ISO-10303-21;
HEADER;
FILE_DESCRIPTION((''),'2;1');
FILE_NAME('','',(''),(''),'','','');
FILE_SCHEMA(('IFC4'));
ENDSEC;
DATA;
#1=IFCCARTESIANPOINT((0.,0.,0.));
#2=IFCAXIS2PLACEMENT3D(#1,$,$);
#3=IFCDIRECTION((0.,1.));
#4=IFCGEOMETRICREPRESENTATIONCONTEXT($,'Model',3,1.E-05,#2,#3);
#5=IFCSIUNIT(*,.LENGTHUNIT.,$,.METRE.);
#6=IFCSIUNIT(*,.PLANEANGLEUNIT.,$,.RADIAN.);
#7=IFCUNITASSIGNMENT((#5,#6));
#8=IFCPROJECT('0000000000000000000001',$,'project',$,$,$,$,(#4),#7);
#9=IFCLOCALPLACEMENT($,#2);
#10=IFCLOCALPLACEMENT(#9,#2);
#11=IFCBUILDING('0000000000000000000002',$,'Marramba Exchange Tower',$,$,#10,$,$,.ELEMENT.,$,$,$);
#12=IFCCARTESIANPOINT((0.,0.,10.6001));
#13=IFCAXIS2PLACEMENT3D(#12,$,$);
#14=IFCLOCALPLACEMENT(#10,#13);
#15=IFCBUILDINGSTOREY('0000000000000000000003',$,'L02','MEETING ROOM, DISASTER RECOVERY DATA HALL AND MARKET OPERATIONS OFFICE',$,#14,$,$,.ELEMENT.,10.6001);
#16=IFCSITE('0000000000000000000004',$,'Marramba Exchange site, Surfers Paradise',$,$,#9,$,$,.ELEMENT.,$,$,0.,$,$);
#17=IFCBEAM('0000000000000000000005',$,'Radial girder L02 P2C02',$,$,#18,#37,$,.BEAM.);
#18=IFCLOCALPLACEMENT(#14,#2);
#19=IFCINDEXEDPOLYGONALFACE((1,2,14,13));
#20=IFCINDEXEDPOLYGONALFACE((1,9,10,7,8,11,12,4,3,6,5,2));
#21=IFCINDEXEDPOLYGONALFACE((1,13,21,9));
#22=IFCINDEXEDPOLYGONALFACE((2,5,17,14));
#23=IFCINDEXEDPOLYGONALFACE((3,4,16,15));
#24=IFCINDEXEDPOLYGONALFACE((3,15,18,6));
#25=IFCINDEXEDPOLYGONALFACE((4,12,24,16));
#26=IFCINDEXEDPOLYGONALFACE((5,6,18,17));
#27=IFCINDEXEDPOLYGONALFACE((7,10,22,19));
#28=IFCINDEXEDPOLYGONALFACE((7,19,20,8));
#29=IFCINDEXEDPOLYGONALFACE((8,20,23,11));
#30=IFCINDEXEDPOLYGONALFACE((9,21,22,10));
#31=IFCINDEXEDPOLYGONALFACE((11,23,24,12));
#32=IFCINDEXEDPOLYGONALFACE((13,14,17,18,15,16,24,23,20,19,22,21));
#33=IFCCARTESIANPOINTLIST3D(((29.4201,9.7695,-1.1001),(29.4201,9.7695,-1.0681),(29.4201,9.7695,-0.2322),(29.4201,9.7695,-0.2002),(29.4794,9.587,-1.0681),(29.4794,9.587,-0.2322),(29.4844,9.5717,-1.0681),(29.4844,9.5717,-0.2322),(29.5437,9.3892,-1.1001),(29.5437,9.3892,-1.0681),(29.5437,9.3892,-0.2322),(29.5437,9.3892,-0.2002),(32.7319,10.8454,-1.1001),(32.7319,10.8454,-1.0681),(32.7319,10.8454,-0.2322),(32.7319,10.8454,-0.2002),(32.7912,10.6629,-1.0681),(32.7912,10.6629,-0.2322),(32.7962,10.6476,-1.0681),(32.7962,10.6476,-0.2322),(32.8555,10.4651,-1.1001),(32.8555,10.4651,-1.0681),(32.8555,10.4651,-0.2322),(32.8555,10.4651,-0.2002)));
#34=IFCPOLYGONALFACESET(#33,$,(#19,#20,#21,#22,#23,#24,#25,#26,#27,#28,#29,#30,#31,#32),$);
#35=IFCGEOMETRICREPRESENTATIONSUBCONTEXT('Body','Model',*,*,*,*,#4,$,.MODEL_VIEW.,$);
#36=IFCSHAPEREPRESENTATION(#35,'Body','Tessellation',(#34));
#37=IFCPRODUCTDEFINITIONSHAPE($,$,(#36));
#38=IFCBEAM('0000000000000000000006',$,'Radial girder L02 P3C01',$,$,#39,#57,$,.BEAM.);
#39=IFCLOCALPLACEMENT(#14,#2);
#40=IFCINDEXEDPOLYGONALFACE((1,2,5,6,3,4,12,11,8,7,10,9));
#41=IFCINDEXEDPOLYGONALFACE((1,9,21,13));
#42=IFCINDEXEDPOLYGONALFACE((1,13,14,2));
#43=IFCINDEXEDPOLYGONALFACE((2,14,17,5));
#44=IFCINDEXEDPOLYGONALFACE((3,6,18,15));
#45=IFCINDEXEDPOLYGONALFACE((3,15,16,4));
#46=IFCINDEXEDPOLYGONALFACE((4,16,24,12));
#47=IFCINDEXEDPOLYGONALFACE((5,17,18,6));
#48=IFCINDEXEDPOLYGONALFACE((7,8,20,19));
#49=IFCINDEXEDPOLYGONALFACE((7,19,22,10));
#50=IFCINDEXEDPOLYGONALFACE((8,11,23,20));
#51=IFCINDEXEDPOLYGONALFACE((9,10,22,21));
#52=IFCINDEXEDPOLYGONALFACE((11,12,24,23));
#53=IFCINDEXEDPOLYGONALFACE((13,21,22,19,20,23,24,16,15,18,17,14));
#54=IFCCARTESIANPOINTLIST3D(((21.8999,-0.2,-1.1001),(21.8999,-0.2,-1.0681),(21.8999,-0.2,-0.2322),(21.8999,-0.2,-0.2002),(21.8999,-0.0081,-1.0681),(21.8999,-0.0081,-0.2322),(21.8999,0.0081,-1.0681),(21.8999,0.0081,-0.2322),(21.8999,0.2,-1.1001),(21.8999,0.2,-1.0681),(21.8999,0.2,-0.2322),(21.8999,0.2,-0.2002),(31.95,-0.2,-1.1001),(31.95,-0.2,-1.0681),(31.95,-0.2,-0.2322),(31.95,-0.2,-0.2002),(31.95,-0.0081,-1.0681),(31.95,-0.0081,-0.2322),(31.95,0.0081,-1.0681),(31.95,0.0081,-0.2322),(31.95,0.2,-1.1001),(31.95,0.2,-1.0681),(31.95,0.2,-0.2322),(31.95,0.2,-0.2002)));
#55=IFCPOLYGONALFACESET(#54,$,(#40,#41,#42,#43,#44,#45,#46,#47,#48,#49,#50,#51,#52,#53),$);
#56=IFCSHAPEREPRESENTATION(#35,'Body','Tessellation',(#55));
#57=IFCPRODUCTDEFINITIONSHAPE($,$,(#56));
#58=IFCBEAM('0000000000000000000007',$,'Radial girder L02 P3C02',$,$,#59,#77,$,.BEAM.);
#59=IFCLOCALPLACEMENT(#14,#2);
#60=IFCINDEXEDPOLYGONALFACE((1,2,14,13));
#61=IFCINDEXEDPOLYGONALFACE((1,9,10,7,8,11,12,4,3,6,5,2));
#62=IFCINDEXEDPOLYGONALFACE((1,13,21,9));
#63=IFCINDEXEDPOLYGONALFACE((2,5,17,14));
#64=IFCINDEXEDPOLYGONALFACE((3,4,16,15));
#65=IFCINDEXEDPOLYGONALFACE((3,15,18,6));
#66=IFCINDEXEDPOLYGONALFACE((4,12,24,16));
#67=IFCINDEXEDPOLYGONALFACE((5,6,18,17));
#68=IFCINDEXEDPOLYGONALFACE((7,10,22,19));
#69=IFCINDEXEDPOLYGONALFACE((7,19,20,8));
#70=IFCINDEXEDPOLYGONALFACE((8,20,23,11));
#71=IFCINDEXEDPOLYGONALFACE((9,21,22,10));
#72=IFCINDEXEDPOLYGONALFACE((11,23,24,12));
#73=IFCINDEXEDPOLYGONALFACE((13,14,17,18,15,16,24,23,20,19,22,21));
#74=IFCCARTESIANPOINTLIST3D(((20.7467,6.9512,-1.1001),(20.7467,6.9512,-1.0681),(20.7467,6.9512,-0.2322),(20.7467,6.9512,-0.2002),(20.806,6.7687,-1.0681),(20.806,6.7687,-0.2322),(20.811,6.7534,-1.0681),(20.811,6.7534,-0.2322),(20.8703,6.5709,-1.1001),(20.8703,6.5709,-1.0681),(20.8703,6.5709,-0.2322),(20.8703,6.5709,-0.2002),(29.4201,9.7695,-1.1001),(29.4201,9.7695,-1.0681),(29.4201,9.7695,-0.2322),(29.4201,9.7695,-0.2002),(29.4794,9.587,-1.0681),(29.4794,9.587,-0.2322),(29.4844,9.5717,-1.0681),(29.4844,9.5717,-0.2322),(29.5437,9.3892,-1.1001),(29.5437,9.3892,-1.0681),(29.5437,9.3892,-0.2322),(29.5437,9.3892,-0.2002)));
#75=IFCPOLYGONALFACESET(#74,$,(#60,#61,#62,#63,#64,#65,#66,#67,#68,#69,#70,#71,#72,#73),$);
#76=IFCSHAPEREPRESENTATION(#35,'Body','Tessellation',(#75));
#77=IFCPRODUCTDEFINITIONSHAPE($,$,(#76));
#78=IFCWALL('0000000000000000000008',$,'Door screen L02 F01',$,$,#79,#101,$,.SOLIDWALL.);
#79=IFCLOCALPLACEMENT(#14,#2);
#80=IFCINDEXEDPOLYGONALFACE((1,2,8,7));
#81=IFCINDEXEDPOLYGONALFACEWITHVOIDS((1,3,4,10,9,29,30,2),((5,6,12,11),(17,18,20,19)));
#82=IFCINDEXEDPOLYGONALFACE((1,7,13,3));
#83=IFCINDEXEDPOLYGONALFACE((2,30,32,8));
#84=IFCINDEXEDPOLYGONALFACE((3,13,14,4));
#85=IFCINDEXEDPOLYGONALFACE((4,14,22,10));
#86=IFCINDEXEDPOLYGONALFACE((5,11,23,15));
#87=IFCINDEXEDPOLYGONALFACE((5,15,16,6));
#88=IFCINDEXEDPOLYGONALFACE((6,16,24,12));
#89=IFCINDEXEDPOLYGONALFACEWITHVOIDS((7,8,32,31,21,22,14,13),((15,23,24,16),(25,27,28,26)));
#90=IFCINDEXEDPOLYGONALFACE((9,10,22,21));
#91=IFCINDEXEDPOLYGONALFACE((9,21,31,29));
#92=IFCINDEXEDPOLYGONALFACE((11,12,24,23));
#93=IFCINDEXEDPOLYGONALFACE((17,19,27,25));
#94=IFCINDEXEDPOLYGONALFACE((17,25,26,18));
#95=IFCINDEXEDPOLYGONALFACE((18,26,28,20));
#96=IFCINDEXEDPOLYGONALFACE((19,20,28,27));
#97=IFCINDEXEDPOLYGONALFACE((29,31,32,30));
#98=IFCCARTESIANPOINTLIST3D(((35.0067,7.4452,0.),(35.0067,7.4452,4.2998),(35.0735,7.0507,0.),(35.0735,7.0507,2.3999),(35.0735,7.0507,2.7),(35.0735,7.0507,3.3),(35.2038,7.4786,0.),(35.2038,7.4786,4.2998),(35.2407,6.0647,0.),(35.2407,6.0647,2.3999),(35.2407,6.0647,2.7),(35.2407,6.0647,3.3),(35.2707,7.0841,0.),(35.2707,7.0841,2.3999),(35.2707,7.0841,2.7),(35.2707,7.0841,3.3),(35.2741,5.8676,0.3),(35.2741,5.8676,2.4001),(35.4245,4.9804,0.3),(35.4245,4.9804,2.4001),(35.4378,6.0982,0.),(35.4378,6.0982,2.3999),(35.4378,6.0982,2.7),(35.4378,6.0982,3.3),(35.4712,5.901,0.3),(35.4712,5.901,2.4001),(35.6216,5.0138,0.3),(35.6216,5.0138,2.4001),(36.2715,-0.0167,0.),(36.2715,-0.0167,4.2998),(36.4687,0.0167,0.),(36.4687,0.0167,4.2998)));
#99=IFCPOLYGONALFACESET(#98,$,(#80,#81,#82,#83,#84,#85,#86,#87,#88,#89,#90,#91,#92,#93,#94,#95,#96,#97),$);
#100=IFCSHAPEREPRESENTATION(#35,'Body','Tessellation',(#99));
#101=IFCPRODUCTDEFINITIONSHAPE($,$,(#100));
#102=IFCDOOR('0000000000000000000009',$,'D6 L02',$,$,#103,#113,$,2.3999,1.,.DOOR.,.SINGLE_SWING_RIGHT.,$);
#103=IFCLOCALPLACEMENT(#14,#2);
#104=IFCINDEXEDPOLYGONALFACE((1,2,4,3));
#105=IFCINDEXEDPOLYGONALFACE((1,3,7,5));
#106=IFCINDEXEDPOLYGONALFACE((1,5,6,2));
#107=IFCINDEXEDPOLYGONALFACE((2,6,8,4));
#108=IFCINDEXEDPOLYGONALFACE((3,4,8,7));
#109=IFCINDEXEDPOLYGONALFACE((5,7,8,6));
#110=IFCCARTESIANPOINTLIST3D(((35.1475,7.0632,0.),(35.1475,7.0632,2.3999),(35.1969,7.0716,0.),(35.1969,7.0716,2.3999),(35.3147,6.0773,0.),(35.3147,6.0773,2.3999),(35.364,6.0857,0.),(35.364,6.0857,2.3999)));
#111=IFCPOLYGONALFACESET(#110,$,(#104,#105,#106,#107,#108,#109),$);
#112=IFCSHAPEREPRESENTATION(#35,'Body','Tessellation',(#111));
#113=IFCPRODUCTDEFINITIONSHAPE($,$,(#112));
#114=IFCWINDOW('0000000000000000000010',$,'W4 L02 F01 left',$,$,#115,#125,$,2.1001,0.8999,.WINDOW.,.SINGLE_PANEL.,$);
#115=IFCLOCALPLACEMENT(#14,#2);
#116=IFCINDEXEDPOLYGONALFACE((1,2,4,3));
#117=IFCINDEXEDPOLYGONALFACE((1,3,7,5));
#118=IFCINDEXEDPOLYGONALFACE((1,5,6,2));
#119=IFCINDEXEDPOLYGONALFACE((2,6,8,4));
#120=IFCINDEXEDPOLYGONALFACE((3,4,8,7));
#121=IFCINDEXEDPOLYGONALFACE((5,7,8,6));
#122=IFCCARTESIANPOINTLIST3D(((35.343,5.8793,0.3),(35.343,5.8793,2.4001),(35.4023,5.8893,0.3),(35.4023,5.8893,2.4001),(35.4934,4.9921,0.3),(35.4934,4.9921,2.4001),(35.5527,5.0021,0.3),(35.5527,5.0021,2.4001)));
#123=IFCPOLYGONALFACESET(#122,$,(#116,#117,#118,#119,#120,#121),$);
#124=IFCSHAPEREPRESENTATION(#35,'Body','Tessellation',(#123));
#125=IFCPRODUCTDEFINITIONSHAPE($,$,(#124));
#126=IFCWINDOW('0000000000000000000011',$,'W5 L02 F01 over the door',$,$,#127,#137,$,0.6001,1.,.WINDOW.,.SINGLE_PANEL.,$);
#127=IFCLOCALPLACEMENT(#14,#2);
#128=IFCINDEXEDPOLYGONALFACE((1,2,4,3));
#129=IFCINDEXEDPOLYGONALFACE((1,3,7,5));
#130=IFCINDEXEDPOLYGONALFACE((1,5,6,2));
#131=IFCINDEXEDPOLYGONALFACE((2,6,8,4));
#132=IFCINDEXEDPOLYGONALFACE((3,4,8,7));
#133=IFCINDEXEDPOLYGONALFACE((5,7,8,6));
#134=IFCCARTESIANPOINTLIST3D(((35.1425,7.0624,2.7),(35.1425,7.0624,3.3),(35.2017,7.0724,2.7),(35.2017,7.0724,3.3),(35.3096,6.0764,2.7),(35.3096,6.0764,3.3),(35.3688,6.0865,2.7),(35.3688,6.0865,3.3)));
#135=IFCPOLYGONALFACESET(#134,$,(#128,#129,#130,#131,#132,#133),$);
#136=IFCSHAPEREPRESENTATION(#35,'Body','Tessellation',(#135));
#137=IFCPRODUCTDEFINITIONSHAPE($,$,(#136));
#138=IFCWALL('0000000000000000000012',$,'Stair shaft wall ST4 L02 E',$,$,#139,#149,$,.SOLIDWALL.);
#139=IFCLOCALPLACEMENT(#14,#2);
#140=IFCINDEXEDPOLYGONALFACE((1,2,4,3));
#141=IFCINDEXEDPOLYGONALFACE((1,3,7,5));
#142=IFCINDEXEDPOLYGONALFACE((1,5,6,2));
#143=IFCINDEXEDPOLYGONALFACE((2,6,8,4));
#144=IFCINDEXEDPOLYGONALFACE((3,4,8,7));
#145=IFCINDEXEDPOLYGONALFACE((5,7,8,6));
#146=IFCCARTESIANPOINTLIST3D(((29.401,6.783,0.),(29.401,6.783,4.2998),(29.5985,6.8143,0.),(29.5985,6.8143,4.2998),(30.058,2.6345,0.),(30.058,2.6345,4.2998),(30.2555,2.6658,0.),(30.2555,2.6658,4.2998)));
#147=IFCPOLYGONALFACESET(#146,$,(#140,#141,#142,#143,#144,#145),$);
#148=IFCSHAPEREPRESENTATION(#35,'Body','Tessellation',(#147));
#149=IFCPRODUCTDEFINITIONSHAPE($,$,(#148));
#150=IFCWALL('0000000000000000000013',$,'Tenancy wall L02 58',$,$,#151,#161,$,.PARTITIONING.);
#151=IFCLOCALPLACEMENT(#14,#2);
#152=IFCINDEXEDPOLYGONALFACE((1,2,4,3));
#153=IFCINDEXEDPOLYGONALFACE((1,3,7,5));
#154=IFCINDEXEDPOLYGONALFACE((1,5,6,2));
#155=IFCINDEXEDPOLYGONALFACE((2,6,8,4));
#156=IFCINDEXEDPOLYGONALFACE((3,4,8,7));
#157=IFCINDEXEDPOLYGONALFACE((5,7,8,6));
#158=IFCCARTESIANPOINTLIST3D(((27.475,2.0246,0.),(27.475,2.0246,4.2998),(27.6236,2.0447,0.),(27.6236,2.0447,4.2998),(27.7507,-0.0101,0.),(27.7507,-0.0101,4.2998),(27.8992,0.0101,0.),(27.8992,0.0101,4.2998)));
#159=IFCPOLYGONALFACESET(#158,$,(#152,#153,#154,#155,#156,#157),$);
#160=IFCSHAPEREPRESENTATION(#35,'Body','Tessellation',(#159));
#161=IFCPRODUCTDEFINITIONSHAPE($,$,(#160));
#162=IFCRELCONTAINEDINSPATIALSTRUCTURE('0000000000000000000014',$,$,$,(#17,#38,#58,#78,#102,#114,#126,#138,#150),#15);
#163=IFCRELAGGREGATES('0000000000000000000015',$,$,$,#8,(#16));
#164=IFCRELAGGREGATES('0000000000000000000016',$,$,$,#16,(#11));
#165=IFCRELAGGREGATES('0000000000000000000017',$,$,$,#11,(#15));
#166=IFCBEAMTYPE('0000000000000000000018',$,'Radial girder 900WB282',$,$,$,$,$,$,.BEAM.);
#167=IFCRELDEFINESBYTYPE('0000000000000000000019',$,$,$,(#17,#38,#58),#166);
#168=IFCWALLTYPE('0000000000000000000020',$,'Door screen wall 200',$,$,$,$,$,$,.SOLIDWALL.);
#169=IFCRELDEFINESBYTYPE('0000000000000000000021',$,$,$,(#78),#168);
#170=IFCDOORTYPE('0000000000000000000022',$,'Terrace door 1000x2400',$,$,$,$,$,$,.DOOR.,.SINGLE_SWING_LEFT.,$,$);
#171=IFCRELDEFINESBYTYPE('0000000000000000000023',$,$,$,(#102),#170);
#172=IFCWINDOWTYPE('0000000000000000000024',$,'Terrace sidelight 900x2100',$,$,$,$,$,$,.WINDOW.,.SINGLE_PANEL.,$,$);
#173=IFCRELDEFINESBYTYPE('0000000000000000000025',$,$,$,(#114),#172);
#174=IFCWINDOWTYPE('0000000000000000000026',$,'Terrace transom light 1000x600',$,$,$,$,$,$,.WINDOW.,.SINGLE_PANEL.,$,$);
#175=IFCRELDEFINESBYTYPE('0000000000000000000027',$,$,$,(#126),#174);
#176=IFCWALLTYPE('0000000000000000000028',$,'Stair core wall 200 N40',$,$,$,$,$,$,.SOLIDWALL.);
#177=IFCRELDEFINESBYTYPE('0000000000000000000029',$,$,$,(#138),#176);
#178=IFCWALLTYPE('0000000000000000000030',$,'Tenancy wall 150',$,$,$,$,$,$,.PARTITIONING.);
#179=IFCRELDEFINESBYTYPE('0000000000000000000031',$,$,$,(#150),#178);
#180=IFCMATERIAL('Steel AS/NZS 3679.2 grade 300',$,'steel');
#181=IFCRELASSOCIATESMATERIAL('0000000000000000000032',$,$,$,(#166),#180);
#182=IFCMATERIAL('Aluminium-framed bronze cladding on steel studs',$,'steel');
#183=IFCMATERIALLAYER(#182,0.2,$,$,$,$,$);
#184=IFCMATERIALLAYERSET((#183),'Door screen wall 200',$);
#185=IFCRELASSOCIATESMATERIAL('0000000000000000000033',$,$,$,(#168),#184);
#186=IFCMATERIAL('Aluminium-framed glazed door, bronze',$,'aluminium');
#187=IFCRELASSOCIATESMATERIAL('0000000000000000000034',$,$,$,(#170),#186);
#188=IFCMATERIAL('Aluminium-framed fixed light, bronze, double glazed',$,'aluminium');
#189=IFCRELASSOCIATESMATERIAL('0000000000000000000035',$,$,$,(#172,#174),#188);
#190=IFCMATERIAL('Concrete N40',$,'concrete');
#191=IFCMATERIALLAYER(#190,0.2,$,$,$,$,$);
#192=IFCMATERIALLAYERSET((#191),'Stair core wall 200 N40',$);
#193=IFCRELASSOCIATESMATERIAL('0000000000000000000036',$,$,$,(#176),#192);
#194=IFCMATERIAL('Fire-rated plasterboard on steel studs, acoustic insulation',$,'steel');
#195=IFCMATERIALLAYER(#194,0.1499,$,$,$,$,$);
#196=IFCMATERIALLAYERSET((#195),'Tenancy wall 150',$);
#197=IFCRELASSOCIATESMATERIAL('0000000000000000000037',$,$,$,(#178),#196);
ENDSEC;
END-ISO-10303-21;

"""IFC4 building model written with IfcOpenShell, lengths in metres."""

from ifc_helpers import new_model, si_unit, direction, frame, frame_2d, origin, origin_2d, place, context, subcontext, project, spatial, rectangle, i_section, extrude, material, layer, layer_set, material_profile, profile_set, type_object, element, fill, save


model = new_model("IFC4")

# Units and contexts
model_context = context("Model", 3, precision=1e-05, world=origin(), true_north=direction((0.0, 1.0)))
body_context = subcontext(model_context, "Body", "Model", "MODEL_VIEW")
ifc_project = project(units=[si_unit("LENGTHUNIT", "METRE"), si_unit("PLANEANGLEUNIT", "RADIAN")], contexts=[model_context])

# Site, building, storey
site_placement = place(None, origin())
site = spatial("IfcSite", under=ifc_project, at=site_placement, Name="Marramba Exchange site, Surfers Paradise", CompositionType="ELEMENT", RefElevation=0.0)
building_placement = place(site_placement, origin())
building = spatial("IfcBuilding", under=site, at=building_placement, Name="Marramba Exchange Tower", CompositionType="ELEMENT")
storey_placement = place(building_placement, frame((0.0, 0.0, 10.6001)))
storey = spatial("IfcBuildingStorey", under=building, at=storey_placement, Name="L02", Description="MEETING ROOM, DISASTER RECOVERY DATA HALL AND MARKET OPERATIONS OFFICE", CompositionType="ELEMENT", Elevation=10.6001)

# Beams
ifc_material_1 = material(Name="Steel AS/NZS 3679.2 grade 300", Category="steel")
ifc_material_profile_1 = material_profile(ifc_material_1, i_section(OverallWidth=0.3999, OverallDepth=0.8999, WebThickness=0.0161, FlangeThickness=0.032, at=origin_2d()), Name="900WB282")
ifc_profile_set_1 = profile_set([ifc_material_profile_1], Name="Steel AS/NZS 3679.2 grade 300")
beam_type_1 = type_object("IfcBeamType", Name="Radial girder 900WB282", PredefinedType="BEAM", material=ifc_profile_set_1)
beam_1_placement = place(storey_placement, frame((32.7937, 10.6553, -0.6501), z_axis=(-0.951068, -0.308983, 0.0), x_axis=(0.308983, -0.951068, 0.0)))
element("IfcBeam", 1, at=beam_1_placement, inside=storey, type_object=beam_type_1, Name="Radial girder L02 P2C02", PredefinedType="BEAM", context=body_context, shape_type="SweptSolid", body=[
    extrude(i_section(OverallWidth=0.3999, OverallDepth=0.8999, WebThickness=0.0161, FlangeThickness=0.032, at=origin_2d()), origin(), (0.0, 0.0, 1.0), 3.4822),
])
beam_2_placement = place(storey_placement, frame((31.95, 0.0, -0.6501), z_axis=(-1.0, 0.0, 0.0), x_axis=(0.0, -1.0, 0.0)))
element("IfcBeam", 2, at=beam_2_placement, inside=storey, type_object=beam_type_1, Name="Radial girder L02 P3C01", PredefinedType="BEAM", context=body_context, shape_type="SweptSolid", body=[
    extrude(i_section(OverallWidth=0.3999, OverallDepth=0.8999, WebThickness=0.0161, FlangeThickness=0.032, at=origin_2d()), origin(), (0.0, 0.0, 1.0), 10.05),
])
beam_3_placement = place(storey_placement, frame((29.4819, 9.5793, -0.6501), z_axis=(-0.951052, -0.309031, 0.0), x_axis=(0.309031, -0.951052, 0.0)))
element("IfcBeam", 3, at=beam_3_placement, inside=storey, type_object=beam_type_1, Name="Radial girder L02 P3C02", PredefinedType="BEAM", context=body_context, shape_type="SweptSolid", body=[
    extrude(i_section(OverallWidth=0.3999, OverallDepth=0.8999, WebThickness=0.0161, FlangeThickness=0.032, at=origin_2d()), origin(), (0.0, 0.0, 1.0), 9.1199),
])

# Wall, openings, door, windows
ifc_material_2 = material(Name="Aluminium-framed bronze cladding on steel studs", Category="steel")
ifc_layer_1 = layer(ifc_material_2, 0.2)
ifc_layer_set_1 = layer_set([ifc_layer_1], Name="Door screen wall 200")
wall_type_1 = type_object("IfcWallType", Name="Door screen wall 200", PredefinedType="SOLIDWALL", material=ifc_layer_set_1)
wall_1_placement = place(storey_placement, frame((36.3701, 0.0, 0.0), z_axis=(0.0, 0.0, 1.0), x_axis=(-0.167129, 0.985935, 0.0)))
wall_1 = element("IfcWall", 4, at=wall_1_placement, inside=storey, type_object=wall_type_1, Name="Door screen L02 F01", PredefinedType="SOLIDWALL", context=body_context, shape_type="SweptSolid", body=[
    extrude(rectangle(XDim=7.5684, YDim=0.2, at=frame_2d((3.7842, 0.0))), origin(), (0.0, 0.0, 1.0), 4.2998),
])
opening_1_placement = place(wall_1_placement, frame((6.1682, 0.0, 0.0)))
opening_1 = element("IfcOpeningElement", 5, at=opening_1_placement, cuts=wall_1, PredefinedType="OPENING", context=body_context, shape_type="SweptSolid", body=[
    extrude(rectangle(XDim=1.0, YDim=2.3999, at=frame_2d((0.5, 1.2))), frame((0.0, 0.1099, 0.0), z_axis=(0.0, -1.0, 0.0), x_axis=(1.0, 0.0, 0.0)), (0.0, 0.0, 1.0), 0.22),
])
opening_2_placement = place(wall_1_placement, frame((5.0684, 0.0, 0.3)))
opening_2 = element("IfcOpeningElement", 6, at=opening_2_placement, cuts=wall_1, PredefinedType="OPENING", context=body_context, shape_type="SweptSolid", body=[
    extrude(rectangle(XDim=0.8999, YDim=2.1001, at=frame_2d((0.45, 1.05))), frame((0.0, 0.1099, 0.0), z_axis=(0.0, -1.0, 0.0), x_axis=(1.0, 0.0, 0.0)), (0.0, 0.0, 1.0), 0.22),
])
opening_3_placement = place(wall_1_placement, frame((6.1682, 0.0, 2.7)))
opening_3 = element("IfcOpeningElement", 7, at=opening_3_placement, cuts=wall_1, PredefinedType="OPENING", context=body_context, shape_type="SweptSolid", body=[
    extrude(rectangle(XDim=1.0, YDim=0.6001, at=frame_2d((0.5, 0.3))), frame((0.0, 0.1099, 0.0), z_axis=(0.0, -1.0, 0.0), x_axis=(1.0, 0.0, 0.0)), (0.0, 0.0, 1.0), 0.22),
])
ifc_material_3 = material(Name="Aluminium-framed glazed door, bronze", Category="aluminium")
door_type = type_object("IfcDoorType", Name="Terrace door 1000x2400", OperationType="SINGLE_SWING_LEFT", PredefinedType="DOOR", material=ifc_material_3)
door_placement = place(opening_1_placement, frame((1.0, 0.0, 0.0), z_axis=(0.0, 0.0, 1.0), x_axis=(-1.0, 0.0, 0.0)))
door = element("IfcDoor", 8, at=door_placement, inside=storey, type_object=door_type, Name="D6 L02", OperationType="SINGLE_SWING_RIGHT", OverallHeight=2.3999, OverallWidth=1.0, PredefinedType="DOOR", context=body_context, shape_type="SweptSolid", body=[
    extrude(rectangle(XDim=1.0, YDim=2.3999, at=frame_2d((0.5, 1.2))), frame((0.0, 0.0251, 0.0), z_axis=(0.0, -1.0, 0.0), x_axis=(1.0, 0.0, 0.0)), (0.0, 0.0, 1.0), 0.05),
])
fill(opening_1, door)
ifc_material_4 = material(Name="Aluminium-framed fixed light, bronze, double glazed", Category="aluminium")
window_type_1 = type_object("IfcWindowType", Name="Terrace sidelight 900x2100", PartitioningType="SINGLE_PANEL", PredefinedType="WINDOW", material=ifc_material_4)
window_1_placement = place(opening_2_placement, origin())
window_1 = element("IfcWindow", 9, at=window_1_placement, inside=storey, type_object=window_type_1, Name="W4 L02 F01 left", OverallHeight=2.1001, OverallWidth=0.8999, PartitioningType="SINGLE_PANEL", PredefinedType="WINDOW", context=body_context, shape_type="SweptSolid", body=[
    extrude(rectangle(XDim=0.8999, YDim=2.1001, at=frame_2d((0.45, 1.05))), frame((0.0, 0.03, 0.0), z_axis=(0.0, -1.0, 0.0), x_axis=(1.0, 0.0, 0.0)), (0.0, 0.0, 1.0), 0.0601),
])
fill(opening_2, window_1)
window_type_2 = type_object("IfcWindowType", Name="Terrace transom light 1000x600", PartitioningType="SINGLE_PANEL", PredefinedType="WINDOW", material=ifc_material_4)
window_2_placement = place(opening_3_placement, origin())
window_2 = element("IfcWindow", 10, at=window_2_placement, inside=storey, type_object=window_type_2, Name="W5 L02 F01 over the door", OverallHeight=0.6001, OverallWidth=1.0, PartitioningType="SINGLE_PANEL", PredefinedType="WINDOW", context=body_context, shape_type="SweptSolid", body=[
    extrude(rectangle(XDim=1.0, YDim=0.6001, at=frame_2d((0.5, 0.3))), frame((0.0, 0.03, 0.0), z_axis=(0.0, -1.0, 0.0), x_axis=(1.0, 0.0, 0.0)), (0.0, 0.0, 1.0), 0.0601),
])
fill(opening_3, window_2)

# Walls
ifc_material_5 = material(Name="Concrete N40", Category="concrete")
ifc_layer_2 = layer(ifc_material_5, 0.2)
ifc_layer_set_2 = layer_set([ifc_layer_2], Name="Stair core wall 200 N40")
wall_type_2 = type_object("IfcWallType", Name="Stair core wall 200 N40", PredefinedType="SOLIDWALL", material=ifc_layer_set_2)
wall_2_placement = place(storey_placement, frame((30.1567, 2.6501, 0.0), z_axis=(0.0, 0.0, 1.0), x_axis=(-0.156419, 0.987691, 0.0)))
element("IfcWall", 11, at=wall_2_placement, inside=storey, type_object=wall_type_2, Name="Stair shaft wall ST4 L02 E", PredefinedType="SOLIDWALL", context=body_context, shape_type="SweptSolid", body=[
    extrude(rectangle(XDim=4.2002, YDim=0.2, at=frame_2d((2.1001, 0.0))), origin(), (0.0, 0.0, 1.0), 4.2998),
])
ifc_material_6 = material(Name="Fire-rated plasterboard on steel studs, acoustic insulation", Category="steel")
ifc_layer_3 = layer(ifc_material_6, 0.1499)
ifc_layer_set_3 = layer_set([ifc_layer_3], Name="Tenancy wall 150")
wall_type_3 = type_object("IfcWallType", Name="Tenancy wall 150", PredefinedType="PARTITIONING", material=ifc_layer_set_3)
wall_3_placement = place(storey_placement, frame((27.825, 0.0, 0.0), z_axis=(0.0, 0.0, 1.0), x_axis=(-0.134243, 0.990948, 0.0)))
element("IfcWall", 12, at=wall_3_placement, inside=storey, type_object=wall_type_3, Name="Tenancy wall L02 58", PredefinedType="PARTITIONING", context=body_context, shape_type="SweptSolid", body=[
    extrude(rectangle(XDim=2.0532, YDim=0.1499, at=frame_2d((1.0266, 0.0))), origin(), (0.0, 0.0, 1.0), 4.2998),
])

save(model, "model.ifc")
